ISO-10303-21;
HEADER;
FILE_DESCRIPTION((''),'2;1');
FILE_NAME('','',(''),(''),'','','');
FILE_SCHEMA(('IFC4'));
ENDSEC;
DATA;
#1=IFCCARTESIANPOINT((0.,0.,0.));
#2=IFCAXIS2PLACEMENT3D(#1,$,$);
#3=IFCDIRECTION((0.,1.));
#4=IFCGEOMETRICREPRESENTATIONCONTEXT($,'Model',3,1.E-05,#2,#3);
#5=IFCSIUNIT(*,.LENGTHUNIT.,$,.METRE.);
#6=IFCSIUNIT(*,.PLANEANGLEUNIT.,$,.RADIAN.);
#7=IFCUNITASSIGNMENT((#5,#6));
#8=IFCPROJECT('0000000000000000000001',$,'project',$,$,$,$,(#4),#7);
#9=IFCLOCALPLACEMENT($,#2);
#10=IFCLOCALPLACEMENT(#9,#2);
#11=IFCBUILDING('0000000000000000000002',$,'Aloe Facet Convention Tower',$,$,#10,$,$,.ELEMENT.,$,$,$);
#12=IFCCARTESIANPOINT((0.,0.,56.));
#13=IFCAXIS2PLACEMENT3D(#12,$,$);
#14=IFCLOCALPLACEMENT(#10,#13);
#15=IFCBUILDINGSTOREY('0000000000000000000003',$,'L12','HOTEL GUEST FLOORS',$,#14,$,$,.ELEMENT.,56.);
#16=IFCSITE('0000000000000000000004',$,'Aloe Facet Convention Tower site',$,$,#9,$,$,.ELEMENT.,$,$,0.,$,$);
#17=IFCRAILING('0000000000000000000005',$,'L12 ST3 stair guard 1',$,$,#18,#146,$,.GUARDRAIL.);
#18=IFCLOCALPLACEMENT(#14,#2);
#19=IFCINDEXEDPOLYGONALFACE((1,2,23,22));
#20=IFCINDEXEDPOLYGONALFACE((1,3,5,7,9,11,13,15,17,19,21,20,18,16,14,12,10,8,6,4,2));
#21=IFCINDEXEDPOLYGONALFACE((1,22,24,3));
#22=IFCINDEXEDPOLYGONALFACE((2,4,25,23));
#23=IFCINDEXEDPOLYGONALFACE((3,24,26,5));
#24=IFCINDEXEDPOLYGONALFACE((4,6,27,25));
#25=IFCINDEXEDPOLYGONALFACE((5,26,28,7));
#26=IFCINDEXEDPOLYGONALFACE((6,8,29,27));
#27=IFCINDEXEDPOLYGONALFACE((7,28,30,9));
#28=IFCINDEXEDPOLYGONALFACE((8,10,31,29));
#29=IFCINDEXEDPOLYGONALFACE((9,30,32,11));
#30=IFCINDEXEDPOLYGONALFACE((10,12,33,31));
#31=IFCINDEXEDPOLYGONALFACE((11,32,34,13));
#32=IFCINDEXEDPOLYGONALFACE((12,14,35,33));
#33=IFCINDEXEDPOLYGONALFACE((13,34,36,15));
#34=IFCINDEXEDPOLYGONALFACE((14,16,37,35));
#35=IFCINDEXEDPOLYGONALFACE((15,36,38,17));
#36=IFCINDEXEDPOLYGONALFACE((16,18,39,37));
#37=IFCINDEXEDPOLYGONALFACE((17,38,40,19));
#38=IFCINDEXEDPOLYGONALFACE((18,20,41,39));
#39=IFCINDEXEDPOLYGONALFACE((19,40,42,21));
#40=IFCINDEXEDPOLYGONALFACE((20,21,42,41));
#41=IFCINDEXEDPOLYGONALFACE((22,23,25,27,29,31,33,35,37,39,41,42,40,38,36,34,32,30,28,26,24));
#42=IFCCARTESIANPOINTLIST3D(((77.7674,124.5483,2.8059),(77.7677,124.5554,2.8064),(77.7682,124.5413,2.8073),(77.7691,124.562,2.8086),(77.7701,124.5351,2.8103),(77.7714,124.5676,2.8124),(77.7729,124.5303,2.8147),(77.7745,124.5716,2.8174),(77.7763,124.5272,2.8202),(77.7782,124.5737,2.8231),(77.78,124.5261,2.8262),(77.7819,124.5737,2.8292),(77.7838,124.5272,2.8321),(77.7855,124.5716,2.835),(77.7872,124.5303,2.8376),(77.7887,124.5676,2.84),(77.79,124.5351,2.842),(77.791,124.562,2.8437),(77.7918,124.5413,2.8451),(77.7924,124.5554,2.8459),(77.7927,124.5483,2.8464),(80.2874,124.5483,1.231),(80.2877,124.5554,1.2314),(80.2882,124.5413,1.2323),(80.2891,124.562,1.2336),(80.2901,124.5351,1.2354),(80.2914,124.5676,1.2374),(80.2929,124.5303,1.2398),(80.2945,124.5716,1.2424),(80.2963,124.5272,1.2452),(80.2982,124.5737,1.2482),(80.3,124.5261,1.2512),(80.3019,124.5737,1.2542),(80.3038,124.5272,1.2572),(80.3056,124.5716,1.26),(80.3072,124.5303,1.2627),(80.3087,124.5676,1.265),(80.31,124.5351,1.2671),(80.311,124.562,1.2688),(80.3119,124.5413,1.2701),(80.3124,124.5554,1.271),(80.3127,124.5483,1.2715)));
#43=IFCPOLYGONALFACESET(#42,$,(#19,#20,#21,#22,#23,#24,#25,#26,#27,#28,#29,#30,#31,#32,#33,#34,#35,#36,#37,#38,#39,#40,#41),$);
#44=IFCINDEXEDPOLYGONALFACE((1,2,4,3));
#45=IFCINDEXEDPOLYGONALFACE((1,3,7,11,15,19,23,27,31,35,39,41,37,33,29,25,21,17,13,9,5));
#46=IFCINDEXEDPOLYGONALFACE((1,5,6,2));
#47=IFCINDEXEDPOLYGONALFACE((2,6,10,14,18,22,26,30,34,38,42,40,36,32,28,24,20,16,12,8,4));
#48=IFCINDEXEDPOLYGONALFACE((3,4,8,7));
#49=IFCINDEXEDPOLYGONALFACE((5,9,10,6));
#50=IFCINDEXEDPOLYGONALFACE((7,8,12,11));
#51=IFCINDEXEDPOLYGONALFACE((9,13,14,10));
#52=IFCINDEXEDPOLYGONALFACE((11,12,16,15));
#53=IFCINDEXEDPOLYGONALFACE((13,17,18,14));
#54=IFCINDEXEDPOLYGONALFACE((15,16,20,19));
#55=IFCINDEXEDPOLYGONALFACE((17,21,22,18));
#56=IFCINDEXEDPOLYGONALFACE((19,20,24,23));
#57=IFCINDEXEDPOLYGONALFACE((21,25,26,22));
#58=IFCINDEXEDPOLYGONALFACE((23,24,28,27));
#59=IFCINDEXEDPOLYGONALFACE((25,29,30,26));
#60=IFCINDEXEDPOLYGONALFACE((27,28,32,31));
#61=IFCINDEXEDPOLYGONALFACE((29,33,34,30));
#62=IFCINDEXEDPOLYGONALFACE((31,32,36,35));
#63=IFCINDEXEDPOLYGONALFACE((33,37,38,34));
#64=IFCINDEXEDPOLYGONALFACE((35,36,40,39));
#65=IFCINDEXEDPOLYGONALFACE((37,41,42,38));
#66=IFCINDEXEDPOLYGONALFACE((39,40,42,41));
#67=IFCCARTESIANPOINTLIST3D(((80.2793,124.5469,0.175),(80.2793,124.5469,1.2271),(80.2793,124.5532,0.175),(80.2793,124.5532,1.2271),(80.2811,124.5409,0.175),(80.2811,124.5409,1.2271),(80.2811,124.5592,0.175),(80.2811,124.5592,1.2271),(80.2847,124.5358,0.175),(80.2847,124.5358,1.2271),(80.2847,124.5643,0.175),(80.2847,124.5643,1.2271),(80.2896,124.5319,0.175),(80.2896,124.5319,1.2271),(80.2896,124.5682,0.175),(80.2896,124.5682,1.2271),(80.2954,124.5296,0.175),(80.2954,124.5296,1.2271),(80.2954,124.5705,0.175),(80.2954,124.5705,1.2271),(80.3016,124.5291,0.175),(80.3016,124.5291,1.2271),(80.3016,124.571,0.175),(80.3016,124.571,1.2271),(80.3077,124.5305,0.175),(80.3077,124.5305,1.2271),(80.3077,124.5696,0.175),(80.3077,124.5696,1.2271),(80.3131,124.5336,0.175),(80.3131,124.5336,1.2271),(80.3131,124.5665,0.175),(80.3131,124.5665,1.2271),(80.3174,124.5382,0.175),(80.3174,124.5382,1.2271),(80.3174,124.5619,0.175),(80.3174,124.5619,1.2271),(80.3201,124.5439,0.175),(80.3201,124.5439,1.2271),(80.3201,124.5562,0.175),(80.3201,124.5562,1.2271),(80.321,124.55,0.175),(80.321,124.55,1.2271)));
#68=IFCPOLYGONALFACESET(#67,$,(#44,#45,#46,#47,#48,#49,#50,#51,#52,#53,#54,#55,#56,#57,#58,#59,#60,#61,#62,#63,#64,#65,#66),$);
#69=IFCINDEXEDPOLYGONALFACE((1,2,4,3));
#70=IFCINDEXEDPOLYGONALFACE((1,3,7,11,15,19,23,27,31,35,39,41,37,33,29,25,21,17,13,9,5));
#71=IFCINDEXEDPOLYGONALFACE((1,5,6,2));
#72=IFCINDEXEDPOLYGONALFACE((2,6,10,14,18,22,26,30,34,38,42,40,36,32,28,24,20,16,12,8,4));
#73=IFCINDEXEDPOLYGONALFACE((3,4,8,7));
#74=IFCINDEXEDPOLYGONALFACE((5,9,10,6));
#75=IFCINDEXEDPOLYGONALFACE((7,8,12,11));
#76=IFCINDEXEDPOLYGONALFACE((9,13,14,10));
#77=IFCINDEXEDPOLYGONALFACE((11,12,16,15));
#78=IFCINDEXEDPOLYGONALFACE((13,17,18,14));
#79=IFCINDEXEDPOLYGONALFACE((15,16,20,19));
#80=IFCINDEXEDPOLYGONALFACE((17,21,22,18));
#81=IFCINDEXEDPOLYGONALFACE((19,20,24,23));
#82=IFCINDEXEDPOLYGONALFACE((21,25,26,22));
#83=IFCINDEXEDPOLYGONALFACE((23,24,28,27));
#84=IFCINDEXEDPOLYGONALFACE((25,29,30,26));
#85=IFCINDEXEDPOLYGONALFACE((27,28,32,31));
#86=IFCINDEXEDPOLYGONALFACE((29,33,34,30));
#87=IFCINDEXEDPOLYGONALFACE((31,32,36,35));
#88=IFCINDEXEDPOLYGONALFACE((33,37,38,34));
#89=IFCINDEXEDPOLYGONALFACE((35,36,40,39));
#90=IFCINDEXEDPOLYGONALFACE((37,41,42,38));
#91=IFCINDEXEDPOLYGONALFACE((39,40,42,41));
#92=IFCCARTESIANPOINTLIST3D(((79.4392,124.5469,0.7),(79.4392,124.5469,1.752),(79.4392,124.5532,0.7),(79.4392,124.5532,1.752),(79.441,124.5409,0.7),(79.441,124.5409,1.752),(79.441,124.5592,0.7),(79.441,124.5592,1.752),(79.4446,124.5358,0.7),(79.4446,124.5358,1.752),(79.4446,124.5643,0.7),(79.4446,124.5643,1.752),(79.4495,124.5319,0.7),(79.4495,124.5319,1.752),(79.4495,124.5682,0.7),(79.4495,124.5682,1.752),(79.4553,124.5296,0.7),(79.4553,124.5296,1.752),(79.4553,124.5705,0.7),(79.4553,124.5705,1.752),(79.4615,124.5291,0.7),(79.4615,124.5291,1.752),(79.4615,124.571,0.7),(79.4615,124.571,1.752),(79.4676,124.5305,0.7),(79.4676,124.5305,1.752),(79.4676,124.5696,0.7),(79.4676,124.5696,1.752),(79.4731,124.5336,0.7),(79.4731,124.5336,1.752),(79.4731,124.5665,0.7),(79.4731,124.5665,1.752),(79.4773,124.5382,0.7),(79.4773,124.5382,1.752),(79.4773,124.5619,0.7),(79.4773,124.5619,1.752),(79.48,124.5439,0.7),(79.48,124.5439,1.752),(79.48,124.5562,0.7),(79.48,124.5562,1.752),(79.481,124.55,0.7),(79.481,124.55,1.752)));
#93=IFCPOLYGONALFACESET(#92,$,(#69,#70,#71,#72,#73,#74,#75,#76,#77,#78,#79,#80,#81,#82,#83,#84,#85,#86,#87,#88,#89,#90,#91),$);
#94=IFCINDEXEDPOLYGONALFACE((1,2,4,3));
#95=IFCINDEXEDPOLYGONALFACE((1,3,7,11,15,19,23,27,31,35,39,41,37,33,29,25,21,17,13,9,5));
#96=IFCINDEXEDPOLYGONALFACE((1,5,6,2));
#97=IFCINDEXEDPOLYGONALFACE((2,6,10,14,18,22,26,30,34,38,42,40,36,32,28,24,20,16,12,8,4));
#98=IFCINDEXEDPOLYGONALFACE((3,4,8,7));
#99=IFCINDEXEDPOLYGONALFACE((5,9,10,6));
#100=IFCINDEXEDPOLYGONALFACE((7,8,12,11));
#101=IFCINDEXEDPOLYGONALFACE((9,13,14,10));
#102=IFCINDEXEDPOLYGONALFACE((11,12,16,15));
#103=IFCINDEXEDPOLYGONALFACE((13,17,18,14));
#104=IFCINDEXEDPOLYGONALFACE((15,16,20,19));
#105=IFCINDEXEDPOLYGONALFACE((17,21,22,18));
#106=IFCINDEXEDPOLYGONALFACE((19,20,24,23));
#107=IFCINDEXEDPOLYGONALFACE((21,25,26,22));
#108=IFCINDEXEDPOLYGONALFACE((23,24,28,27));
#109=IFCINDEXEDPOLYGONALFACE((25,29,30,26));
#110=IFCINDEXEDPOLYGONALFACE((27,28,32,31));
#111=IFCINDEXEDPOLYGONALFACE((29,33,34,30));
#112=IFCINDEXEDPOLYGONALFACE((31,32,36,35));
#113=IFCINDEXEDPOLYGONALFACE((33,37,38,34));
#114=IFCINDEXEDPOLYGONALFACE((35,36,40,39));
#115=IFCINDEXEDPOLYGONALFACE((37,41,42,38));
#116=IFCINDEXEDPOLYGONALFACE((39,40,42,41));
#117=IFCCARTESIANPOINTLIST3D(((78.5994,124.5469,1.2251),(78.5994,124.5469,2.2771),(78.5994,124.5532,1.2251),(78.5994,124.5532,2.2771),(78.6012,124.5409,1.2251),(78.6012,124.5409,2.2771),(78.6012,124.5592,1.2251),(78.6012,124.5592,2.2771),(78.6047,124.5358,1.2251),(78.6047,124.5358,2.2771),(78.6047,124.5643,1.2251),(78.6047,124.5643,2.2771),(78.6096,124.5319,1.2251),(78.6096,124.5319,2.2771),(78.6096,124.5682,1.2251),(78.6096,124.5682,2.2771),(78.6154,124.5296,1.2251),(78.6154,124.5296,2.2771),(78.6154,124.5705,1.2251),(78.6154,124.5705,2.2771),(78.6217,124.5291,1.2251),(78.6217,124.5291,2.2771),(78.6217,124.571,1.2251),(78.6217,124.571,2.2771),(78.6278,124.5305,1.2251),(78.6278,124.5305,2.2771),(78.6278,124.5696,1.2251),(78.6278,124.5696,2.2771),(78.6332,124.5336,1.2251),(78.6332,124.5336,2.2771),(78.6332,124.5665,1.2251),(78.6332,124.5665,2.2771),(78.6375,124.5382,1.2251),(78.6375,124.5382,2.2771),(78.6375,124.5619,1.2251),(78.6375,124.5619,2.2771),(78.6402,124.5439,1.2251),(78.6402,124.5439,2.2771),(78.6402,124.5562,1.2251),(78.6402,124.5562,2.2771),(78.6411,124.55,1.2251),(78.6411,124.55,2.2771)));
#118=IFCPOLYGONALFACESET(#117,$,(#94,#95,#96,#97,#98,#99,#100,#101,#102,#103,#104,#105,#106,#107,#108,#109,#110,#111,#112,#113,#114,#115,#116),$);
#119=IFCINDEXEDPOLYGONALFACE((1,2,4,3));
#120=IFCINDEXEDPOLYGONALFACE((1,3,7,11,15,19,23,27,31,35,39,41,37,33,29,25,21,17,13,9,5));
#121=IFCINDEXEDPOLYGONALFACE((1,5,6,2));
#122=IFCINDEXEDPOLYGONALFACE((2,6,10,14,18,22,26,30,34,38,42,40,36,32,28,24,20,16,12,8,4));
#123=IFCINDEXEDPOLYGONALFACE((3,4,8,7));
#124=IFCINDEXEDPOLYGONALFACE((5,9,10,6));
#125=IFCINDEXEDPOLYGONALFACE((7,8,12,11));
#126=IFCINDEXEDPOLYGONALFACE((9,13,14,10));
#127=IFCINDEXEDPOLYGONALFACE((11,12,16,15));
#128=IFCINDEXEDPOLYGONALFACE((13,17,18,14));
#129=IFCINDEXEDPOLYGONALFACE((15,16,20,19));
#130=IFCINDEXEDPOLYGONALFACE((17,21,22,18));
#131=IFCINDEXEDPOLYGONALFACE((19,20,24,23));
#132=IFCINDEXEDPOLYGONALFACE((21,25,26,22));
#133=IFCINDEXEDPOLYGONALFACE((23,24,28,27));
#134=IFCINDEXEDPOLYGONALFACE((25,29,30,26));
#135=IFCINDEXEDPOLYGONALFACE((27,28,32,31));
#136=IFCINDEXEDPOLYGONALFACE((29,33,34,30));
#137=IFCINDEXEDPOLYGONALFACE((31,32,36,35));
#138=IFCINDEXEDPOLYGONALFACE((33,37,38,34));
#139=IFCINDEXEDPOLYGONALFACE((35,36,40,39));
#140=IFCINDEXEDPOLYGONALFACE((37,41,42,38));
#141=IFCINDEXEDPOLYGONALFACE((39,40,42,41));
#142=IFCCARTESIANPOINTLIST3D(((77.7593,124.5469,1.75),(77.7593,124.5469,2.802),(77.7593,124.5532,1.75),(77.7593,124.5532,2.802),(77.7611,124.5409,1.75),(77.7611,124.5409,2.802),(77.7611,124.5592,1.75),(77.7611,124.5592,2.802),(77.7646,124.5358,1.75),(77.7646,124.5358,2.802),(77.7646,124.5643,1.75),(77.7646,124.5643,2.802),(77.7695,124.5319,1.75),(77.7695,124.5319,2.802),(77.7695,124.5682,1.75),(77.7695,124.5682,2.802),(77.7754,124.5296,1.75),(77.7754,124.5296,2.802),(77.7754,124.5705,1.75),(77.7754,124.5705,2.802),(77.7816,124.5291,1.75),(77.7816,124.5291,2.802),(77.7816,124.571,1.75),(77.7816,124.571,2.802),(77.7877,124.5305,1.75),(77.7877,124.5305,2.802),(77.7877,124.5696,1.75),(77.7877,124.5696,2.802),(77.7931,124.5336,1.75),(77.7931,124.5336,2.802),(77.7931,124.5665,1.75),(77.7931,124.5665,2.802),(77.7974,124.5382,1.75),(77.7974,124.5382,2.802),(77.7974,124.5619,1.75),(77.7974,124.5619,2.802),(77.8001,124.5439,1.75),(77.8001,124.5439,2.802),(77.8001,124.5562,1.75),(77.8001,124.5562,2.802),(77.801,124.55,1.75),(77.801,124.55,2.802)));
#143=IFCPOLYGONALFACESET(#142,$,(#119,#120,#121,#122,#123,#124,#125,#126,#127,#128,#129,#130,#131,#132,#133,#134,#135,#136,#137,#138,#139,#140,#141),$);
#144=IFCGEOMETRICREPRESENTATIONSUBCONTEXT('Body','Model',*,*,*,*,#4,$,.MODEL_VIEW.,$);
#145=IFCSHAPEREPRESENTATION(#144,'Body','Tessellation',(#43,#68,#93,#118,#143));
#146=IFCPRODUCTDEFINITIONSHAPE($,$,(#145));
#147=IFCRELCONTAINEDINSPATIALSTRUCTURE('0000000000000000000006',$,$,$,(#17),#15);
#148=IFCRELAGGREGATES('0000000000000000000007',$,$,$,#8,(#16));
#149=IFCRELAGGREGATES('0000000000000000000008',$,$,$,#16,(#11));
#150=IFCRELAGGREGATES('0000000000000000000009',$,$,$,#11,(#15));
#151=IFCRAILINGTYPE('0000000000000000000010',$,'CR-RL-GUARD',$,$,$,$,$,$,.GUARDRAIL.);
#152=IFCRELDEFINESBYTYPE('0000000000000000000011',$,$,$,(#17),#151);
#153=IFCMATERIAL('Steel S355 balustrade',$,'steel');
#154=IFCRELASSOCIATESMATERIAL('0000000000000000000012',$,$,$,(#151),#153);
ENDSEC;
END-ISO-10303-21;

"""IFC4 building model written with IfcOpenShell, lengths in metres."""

from ifc_helpers import new_model, si_unit, direction, frame, origin, origin_2d, place, context, subcontext, project, spatial, circle, extrude, material, type_object, element, save


model = new_model("IFC4")

# Units and contexts
model_context = context("Model", 3, precision=1e-05, world=origin(), true_north=direction((0.0, 1.0)))
body_context = subcontext(model_context, "Body", "Model", "MODEL_VIEW")
ifc_project = project(units=[si_unit("LENGTHUNIT", "METRE"), si_unit("PLANEANGLEUNIT", "RADIAN")], contexts=[model_context])

# Site, building, storey
site_placement = place(None, origin())
site = spatial("IfcSite", under=ifc_project, at=site_placement, Name="Aloe Facet Convention Tower site", CompositionType="ELEMENT", RefElevation=0.0)
building_placement = place(site_placement, origin())
building = spatial("IfcBuilding", under=site, at=building_placement, Name="Aloe Facet Convention Tower", CompositionType="ELEMENT")
storey_placement = place(building_placement, frame((0.0, 0.0, 56.0)))
storey = spatial("IfcBuildingStorey", under=building, at=storey_placement, Name="L12", Description="HOTEL GUEST FLOORS", CompositionType="ELEMENT", Elevation=56.0)

# Railing
ifc_material_1 = material(Name="Steel S355 balustrade", Category="steel")
railing_type_1 = type_object("IfcRailingType", Name="CR-RL-GUARD", PredefinedType="GUARDRAIL", material=ifc_material_1)
railing_1_placement = place(storey_placement, frame((80.3, 124.55, 0.175)))
element("IfcRailing", 1, at=railing_1_placement, inside=storey, type_object=railing_type_1, Name="L12 ST3 stair guard 1", PredefinedType="GUARDRAIL", context=body_context, shape_type="SweptSolid", body=[
    extrude(circle(Radius=0.0239, at=origin_2d()), frame((0.0, 0.0, 1.0762), z_axis=(-0.848008, 0.0, 0.529984), x_axis=(0.0, -1.0, 0.0)), (0.0, 0.0, 1.0), 2.9717),
    extrude(circle(Radius=0.021, at=origin_2d()), origin(), (0.0, 0.0, 1.0), 1.052),
    extrude(circle(Radius=0.021, at=origin_2d()), frame((-0.8401, 0.0, 0.5249)), (0.0, 0.0, 1.0), 1.052),
    extrude(circle(Radius=0.021, at=origin_2d()), frame((-1.6799, 0.0, 1.05)), (0.0, 0.0, 1.0), 1.052),
    extrude(circle(Radius=0.021, at=origin_2d()), frame((-2.52, 0.0, 1.575)), (0.0, 0.0, 1.0), 1.052),
])

save(model, "model.ifc")
